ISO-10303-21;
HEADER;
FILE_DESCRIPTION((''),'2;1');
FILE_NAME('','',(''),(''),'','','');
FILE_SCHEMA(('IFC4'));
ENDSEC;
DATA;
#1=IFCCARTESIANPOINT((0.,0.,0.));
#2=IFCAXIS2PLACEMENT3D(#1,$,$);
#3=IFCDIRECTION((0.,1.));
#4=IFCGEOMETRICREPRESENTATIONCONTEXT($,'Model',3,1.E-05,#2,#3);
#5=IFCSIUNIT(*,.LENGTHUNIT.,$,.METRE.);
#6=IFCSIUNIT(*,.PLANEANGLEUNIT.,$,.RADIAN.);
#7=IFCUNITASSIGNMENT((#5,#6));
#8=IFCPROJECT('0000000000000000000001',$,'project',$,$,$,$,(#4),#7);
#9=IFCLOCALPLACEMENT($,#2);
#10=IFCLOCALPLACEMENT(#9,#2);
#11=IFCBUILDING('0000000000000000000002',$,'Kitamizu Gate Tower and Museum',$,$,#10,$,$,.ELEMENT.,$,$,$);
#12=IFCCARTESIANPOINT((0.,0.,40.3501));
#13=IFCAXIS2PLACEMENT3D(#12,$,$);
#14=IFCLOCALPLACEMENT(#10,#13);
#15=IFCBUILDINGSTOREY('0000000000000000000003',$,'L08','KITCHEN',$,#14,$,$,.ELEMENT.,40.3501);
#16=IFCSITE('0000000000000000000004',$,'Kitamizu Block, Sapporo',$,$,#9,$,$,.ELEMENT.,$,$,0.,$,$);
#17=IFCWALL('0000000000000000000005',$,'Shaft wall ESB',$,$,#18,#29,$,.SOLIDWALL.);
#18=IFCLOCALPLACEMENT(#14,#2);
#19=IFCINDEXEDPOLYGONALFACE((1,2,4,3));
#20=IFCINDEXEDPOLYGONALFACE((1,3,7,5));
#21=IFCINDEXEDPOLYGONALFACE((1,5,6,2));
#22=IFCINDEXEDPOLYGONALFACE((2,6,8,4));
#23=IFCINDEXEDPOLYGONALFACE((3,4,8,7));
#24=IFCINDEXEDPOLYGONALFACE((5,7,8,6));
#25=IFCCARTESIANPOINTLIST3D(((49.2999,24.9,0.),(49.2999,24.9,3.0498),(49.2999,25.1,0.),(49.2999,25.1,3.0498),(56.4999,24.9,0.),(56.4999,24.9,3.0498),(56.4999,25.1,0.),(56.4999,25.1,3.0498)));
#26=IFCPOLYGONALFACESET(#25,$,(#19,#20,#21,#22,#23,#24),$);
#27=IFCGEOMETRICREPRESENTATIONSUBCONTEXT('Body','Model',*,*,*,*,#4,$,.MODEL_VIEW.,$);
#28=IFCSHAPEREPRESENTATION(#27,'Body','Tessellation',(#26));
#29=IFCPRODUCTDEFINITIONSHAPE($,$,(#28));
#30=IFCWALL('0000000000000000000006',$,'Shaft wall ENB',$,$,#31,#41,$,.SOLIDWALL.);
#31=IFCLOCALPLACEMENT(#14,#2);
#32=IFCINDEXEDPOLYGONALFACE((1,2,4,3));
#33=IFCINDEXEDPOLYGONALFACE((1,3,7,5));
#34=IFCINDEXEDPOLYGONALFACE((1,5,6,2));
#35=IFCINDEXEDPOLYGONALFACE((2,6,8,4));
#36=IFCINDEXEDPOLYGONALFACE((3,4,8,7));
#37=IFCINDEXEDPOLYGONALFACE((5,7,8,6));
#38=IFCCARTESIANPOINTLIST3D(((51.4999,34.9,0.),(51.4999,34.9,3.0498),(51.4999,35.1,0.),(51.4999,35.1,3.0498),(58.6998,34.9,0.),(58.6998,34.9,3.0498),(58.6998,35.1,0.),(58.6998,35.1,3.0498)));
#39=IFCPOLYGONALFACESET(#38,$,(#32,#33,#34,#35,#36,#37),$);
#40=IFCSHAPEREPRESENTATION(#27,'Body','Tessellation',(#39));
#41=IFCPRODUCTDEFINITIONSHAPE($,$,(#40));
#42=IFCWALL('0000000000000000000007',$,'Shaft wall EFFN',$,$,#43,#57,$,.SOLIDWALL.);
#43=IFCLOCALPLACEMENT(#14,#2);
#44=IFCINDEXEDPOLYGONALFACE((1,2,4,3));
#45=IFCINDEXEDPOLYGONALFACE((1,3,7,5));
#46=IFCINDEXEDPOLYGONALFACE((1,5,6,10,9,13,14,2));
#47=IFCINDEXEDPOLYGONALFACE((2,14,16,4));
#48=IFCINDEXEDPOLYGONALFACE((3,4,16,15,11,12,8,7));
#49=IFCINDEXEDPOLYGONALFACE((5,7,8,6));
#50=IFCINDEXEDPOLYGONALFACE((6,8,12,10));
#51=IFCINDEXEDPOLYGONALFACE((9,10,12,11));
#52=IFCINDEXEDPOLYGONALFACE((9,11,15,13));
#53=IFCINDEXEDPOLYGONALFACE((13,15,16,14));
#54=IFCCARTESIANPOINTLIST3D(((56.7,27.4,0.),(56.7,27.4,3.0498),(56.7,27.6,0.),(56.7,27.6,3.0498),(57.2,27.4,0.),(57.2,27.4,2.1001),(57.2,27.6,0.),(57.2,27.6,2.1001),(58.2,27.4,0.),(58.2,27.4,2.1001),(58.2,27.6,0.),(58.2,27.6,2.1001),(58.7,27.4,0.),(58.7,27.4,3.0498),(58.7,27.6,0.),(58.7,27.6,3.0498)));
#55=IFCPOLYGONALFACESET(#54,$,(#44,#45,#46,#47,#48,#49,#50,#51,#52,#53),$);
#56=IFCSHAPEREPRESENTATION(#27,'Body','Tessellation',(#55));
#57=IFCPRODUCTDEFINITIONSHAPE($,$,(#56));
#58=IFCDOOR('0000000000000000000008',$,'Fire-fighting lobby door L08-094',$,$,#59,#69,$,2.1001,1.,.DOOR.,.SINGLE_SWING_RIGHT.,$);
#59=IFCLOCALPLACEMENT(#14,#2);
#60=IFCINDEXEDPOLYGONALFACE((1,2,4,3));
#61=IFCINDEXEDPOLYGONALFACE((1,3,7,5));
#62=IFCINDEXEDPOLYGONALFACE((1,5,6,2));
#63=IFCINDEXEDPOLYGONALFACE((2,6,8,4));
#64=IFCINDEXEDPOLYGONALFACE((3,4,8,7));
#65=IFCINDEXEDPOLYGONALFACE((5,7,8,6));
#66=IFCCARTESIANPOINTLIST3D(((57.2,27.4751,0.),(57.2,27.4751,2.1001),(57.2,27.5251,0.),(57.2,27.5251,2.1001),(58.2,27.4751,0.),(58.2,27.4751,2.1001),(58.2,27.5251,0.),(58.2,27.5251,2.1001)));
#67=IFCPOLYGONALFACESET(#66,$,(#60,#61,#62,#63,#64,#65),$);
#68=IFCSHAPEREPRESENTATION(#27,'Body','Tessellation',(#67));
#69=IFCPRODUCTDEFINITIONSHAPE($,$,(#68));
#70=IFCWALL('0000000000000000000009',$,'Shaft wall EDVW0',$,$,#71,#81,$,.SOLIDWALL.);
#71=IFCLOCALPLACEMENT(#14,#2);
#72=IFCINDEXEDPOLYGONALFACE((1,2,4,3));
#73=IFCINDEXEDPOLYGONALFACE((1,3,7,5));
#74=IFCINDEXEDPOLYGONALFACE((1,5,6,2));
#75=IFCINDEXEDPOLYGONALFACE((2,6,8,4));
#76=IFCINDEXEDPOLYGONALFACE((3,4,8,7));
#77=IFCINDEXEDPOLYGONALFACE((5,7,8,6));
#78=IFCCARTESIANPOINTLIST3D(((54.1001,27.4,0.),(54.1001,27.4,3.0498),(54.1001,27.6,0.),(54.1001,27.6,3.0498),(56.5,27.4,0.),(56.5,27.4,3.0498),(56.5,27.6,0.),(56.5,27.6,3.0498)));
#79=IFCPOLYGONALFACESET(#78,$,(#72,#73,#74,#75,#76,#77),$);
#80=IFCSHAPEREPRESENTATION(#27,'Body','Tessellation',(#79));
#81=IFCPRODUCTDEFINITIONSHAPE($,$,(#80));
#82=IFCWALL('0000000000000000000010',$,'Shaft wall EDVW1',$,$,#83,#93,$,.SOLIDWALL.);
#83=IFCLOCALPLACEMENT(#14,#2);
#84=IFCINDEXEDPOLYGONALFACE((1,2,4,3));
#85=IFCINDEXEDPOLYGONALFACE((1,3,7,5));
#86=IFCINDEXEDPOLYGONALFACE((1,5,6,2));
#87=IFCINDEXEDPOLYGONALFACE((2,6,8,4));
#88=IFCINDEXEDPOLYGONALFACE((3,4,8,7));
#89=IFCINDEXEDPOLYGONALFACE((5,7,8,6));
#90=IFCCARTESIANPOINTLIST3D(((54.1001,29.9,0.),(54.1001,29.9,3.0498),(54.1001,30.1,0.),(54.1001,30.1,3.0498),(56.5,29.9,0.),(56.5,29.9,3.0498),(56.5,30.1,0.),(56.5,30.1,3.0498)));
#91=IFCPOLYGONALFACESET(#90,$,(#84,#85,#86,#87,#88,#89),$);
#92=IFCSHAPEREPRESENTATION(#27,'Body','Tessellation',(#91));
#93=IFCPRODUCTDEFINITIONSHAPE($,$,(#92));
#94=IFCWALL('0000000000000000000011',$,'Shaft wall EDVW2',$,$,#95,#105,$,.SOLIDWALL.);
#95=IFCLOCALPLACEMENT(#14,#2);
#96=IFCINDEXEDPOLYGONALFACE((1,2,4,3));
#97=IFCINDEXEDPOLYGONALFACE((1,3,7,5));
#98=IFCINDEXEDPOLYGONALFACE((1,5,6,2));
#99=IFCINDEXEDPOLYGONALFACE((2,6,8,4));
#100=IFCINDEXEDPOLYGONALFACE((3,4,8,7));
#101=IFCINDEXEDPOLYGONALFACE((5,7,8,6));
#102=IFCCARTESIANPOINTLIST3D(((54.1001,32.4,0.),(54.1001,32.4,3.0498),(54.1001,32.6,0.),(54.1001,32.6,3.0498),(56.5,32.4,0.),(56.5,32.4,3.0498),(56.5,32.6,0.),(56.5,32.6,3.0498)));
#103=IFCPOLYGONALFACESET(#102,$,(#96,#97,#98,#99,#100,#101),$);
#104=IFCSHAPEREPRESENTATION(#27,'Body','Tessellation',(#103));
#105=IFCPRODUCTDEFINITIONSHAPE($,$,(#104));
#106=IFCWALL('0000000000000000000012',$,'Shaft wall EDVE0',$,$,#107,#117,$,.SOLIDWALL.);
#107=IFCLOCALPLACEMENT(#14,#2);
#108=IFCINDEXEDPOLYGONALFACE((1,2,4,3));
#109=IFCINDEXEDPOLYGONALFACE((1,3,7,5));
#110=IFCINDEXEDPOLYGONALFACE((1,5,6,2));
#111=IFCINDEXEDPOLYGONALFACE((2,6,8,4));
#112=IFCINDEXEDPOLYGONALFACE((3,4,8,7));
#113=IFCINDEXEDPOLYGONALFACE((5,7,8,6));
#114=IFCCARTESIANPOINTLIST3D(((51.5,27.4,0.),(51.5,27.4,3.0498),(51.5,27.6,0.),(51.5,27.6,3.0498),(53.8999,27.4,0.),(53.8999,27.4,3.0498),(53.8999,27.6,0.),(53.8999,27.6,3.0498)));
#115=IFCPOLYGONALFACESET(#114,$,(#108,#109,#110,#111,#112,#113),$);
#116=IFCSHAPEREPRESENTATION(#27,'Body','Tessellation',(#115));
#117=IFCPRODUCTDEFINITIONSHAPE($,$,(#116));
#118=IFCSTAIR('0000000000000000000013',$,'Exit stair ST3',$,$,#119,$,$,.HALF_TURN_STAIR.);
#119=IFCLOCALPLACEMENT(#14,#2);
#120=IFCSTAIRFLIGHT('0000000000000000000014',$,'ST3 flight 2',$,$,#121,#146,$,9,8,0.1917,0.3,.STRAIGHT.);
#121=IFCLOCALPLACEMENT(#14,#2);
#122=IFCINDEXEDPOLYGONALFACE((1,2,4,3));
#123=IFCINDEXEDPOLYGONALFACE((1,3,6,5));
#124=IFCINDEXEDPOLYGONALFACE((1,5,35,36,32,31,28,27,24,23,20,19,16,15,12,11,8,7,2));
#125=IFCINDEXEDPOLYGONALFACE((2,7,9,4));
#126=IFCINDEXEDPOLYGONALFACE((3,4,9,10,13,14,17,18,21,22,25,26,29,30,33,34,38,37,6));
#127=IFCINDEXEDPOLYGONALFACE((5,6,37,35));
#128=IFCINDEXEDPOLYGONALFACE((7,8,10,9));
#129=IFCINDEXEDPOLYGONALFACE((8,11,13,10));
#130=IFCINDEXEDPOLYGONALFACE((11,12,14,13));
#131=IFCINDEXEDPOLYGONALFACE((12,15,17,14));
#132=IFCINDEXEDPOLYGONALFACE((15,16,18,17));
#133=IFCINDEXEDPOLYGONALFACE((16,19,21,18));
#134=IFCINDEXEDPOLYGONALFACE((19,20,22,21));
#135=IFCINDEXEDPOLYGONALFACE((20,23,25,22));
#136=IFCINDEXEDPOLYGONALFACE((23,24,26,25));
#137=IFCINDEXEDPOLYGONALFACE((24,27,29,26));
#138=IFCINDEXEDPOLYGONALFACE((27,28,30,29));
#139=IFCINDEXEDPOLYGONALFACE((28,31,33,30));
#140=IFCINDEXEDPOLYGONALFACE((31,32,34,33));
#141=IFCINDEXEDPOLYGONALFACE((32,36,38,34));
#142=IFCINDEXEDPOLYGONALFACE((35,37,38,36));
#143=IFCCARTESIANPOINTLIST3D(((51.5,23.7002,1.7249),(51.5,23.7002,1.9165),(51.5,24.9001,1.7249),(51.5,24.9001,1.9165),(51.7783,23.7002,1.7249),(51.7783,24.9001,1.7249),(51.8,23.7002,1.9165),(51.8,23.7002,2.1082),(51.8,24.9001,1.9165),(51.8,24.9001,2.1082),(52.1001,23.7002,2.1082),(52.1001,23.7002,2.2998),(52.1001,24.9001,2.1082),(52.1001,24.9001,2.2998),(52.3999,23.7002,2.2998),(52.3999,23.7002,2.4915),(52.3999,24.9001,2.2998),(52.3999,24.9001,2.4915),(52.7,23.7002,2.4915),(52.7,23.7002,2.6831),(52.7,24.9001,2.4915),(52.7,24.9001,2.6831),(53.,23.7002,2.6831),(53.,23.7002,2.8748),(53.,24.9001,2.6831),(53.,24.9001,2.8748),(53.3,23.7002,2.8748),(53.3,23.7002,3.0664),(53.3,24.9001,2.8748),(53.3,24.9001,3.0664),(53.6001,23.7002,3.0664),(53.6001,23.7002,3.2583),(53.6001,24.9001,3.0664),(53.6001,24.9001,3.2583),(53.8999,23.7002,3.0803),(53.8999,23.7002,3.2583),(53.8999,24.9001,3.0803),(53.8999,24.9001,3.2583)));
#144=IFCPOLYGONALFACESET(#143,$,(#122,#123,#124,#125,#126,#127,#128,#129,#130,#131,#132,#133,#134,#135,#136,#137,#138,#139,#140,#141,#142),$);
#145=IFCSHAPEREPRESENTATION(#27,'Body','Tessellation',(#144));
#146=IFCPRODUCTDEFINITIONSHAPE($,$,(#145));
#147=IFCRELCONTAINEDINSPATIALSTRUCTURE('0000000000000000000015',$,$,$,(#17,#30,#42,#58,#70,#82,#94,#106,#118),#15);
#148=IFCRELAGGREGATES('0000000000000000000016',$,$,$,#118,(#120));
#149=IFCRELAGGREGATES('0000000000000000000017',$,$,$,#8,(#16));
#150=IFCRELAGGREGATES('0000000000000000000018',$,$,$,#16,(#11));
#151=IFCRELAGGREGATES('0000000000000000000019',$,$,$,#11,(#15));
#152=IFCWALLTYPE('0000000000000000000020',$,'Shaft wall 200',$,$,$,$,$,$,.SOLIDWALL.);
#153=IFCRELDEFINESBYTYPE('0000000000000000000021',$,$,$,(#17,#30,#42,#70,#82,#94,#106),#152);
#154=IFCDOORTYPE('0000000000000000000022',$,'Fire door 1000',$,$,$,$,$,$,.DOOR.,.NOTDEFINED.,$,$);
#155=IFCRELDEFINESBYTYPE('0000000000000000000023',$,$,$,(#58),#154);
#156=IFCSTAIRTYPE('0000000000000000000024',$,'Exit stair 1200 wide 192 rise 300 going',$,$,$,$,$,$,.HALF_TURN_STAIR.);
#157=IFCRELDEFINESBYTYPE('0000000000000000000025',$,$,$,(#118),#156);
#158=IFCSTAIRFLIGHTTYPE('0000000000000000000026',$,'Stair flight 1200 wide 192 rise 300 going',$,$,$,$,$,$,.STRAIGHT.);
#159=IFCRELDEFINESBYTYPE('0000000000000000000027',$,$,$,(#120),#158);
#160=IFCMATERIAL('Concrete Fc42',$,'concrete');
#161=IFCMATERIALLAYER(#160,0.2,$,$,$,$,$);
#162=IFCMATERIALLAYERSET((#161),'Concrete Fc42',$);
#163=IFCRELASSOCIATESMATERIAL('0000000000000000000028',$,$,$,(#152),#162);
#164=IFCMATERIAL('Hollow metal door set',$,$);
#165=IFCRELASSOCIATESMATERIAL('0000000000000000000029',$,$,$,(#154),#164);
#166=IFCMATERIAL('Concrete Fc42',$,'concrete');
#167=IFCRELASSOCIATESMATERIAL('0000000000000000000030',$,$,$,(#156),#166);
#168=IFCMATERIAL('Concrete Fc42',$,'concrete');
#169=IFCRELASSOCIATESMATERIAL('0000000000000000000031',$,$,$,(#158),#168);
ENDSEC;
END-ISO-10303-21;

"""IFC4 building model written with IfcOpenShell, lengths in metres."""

from ifc_helpers import new_model, si_unit, direction, frame, frame_2d, origin, place, context, subcontext, project, spatial, polyline, rectangle, outline, extrude, material, layer, layer_set, type_object, element, fill, aggregate, save


model = new_model("IFC4")

# Units and contexts
model_context = context("Model", 3, precision=1e-05, world=origin(), true_north=direction((0.0, 1.0)))
body_context = subcontext(model_context, "Body", "Model", "MODEL_VIEW")
ifc_project = project(units=[si_unit("LENGTHUNIT", "METRE"), si_unit("PLANEANGLEUNIT", "RADIAN")], contexts=[model_context])

# Site, building, storey
site_placement = place(None, origin())
site = spatial("IfcSite", under=ifc_project, at=site_placement, Name="Kitamizu Block, Sapporo", CompositionType="ELEMENT", RefElevation=0.0)
building_placement = place(site_placement, origin())
building = spatial("IfcBuilding", under=site, at=building_placement, Name="Kitamizu Gate Tower and Museum", CompositionType="ELEMENT")
storey_placement = place(building_placement, frame((0.0, 0.0, 40.3501)))
storey = spatial("IfcBuildingStorey", under=building, at=storey_placement, Name="L08", Description="KITCHEN", CompositionType="ELEMENT", Elevation=40.3501)

# Shared definitions
ifc_material_1 = material(Name="Concrete Fc42", Category="concrete")
ifc_layer_1 = layer(ifc_material_1, 0.2)
ifc_layer_set_1 = layer_set([ifc_layer_1], Name="Concrete Fc42")
wall_type_1 = type_object("IfcWallType", Name="Shaft wall 200", PredefinedType="SOLIDWALL", material=ifc_layer_set_1)
ifc_material_2 = material(Name="Hollow metal door set")
door_type_1 = type_object("IfcDoorType", Name="Fire door 1000", OperationType="NOTDEFINED", PredefinedType="DOOR", material=ifc_material_2)

# Walls
for number, where, z_axis, x_axis, name in (
    (1, (56.5, 25.0, 0.0), (0.0, 0.0, 1.0), (-1.0, 0.0, 0.0), "Shaft wall ESB"),
    (2, (58.7, 35.0, 0.0), (0.0, 0.0, 1.0), (-1.0, 0.0, 0.0), "Shaft wall ENB"),
):
    element("IfcWall", number, at=place(storey_placement, frame(where, z_axis=z_axis, x_axis=x_axis)), inside=storey, type_object=wall_type_1, Name=name, PredefinedType="SOLIDWALL", context=body_context, shape_type="SweptSolid", body=[
        extrude(rectangle(XDim=7.2, YDim=0.2, at=frame_2d((3.6001, 0.0))), origin(), (0.0, 0.0, 1.0), 3.0498),
    ])

# Wall, opening, door
wall_1_placement = place(storey_placement, frame((58.7, 27.5, 0.0), z_axis=(0.0, 0.0, 1.0), x_axis=(-1.0, 0.0, 0.0)))
wall_1 = element("IfcWall", 3, at=wall_1_placement, inside=storey, type_object=wall_type_1, Name="Shaft wall EFFN", PredefinedType="SOLIDWALL", context=body_context, shape_type="SweptSolid", body=[
    extrude(rectangle(XDim=2.0, YDim=0.2, at=frame_2d((1.0, 0.0))), origin(), (0.0, 0.0, 1.0), 3.0498),
])
opening_1_placement = place(wall_1_placement, frame((0.5, 0.0, 0.0)))
opening_1 = element("IfcOpeningElement", 4, at=opening_1_placement, cuts=wall_1, PredefinedType="OPENING", context=body_context, shape_type="SweptSolid", body=[
    extrude(rectangle(XDim=1.0, YDim=2.1001, at=frame_2d((0.5, 1.05))), frame((0.0, 0.1099, 0.0), z_axis=(0.0, -1.0, 0.0), x_axis=(1.0, 0.0, 0.0)), (0.0, 0.0, 1.0), 0.22),
])
door_1_placement = place(opening_1_placement, origin())
door_1 = element("IfcDoor", 5, at=door_1_placement, inside=storey, type_object=door_type_1, Name="Fire-fighting lobby door L08-094", OperationType="SINGLE_SWING_RIGHT", OverallHeight=2.1001, OverallWidth=1.0, PredefinedType="DOOR", context=body_context, shape_type="SweptSolid", body=[
    extrude(rectangle(XDim=1.0, YDim=2.1001, at=frame_2d((0.5, 1.05))), frame((0.0, 0.0249, 0.0), z_axis=(0.0, -1.0, 0.0), x_axis=(1.0, 0.0, 0.0)), (0.0, 0.0, 1.0), 0.05),
])
fill(opening_1, door_1)

# Walls
for number, where, z_axis, x_axis, name in (
    (6, (56.5, 27.5, 0.0), (0.0, 0.0, 1.0), (-1.0, 0.0, 0.0), "Shaft wall EDVW0"),
    (7, (56.5, 30.0, 0.0), (0.0, 0.0, 1.0), (-1.0, 0.0, 0.0), "Shaft wall EDVW1"),
    (8, (56.5, 32.5, 0.0), (0.0, 0.0, 1.0), (-1.0, 0.0, 0.0), "Shaft wall EDVW2"),
    (9, (53.8999, 27.5, 0.0), (0.0, 0.0, 1.0), (-1.0, 0.0, 0.0), "Shaft wall EDVE0"),
):
    element("IfcWall", number, at=place(storey_placement, frame(where, z_axis=z_axis, x_axis=x_axis)), inside=storey, type_object=wall_type_1, Name=name, PredefinedType="SOLIDWALL", context=body_context, shape_type="SweptSolid", body=[
        extrude(rectangle(XDim=2.3999, YDim=0.2, at=frame_2d((1.2, 0.0))), origin(), (0.0, 0.0, 1.0), 3.0498),
    ])

# Stair, stair flight
ifc_material_3 = material(Name="Concrete Fc42", Category="concrete")
stair_type = type_object("IfcStairType", Name="Exit stair 1200 wide 192 rise 300 going", PredefinedType="HALF_TURN_STAIR", material=ifc_material_3)
stair_placement = place(storey_placement, origin())
stair = element("IfcStair", 10, at=stair_placement, inside=storey, type_object=stair_type, Name="Exit stair ST3", PredefinedType="HALF_TURN_STAIR")
ifc_material_4 = material(Name="Concrete Fc42", Category="concrete")
stair_flight_type = type_object("IfcStairFlightType", Name="Stair flight 1200 wide 192 rise 300 going", PredefinedType="STRAIGHT", material=ifc_material_4)
stair_flight_placement = place(storey_placement, frame((51.5, 24.3, 1.7249), z_axis=(0.0, 0.0, 1.0), x_axis=(1.0, 0.0, 0.0)))
stair_flight = element("IfcStairFlight", 11, at=stair_flight_placement, type_object=stair_flight_type, Name="ST3 flight 2", NumberOfRisers=9, NumberOfTreads=8, PredefinedType="STRAIGHT", RiserHeight=0.1917, TreadLength=0.3, context=body_context, shape_type="SweptSolid", body=[
    extrude(outline(polyline([(0.0, 0.0), (0.0, 0.1917), (0.3, 0.1917), (0.3, 0.3833), (0.6001, 0.3833), (0.6001, 0.575), (0.8999, 0.575), (0.8999, 0.7666), (1.2, 0.7666), (1.2, 0.9583), (1.5, 0.9583), (1.5, 1.1499), (1.8, 1.1499), (1.8, 1.3416), (2.1001, 1.3416), (2.1001, 1.5334), (2.3999, 1.5334), (2.3999, 1.7251), (2.3999, 1.3555), (0.2783, 0.0), (0.0, 0.0)])), frame((0.0, 0.6001, 0.0), z_axis=(0.0, -1.0, 0.0), x_axis=(1.0, 0.0, 0.0)), (0.0, 0.0, 1.0), 1.2),
])
aggregate(stair, [stair_flight])

save(model, "model.ifc")
